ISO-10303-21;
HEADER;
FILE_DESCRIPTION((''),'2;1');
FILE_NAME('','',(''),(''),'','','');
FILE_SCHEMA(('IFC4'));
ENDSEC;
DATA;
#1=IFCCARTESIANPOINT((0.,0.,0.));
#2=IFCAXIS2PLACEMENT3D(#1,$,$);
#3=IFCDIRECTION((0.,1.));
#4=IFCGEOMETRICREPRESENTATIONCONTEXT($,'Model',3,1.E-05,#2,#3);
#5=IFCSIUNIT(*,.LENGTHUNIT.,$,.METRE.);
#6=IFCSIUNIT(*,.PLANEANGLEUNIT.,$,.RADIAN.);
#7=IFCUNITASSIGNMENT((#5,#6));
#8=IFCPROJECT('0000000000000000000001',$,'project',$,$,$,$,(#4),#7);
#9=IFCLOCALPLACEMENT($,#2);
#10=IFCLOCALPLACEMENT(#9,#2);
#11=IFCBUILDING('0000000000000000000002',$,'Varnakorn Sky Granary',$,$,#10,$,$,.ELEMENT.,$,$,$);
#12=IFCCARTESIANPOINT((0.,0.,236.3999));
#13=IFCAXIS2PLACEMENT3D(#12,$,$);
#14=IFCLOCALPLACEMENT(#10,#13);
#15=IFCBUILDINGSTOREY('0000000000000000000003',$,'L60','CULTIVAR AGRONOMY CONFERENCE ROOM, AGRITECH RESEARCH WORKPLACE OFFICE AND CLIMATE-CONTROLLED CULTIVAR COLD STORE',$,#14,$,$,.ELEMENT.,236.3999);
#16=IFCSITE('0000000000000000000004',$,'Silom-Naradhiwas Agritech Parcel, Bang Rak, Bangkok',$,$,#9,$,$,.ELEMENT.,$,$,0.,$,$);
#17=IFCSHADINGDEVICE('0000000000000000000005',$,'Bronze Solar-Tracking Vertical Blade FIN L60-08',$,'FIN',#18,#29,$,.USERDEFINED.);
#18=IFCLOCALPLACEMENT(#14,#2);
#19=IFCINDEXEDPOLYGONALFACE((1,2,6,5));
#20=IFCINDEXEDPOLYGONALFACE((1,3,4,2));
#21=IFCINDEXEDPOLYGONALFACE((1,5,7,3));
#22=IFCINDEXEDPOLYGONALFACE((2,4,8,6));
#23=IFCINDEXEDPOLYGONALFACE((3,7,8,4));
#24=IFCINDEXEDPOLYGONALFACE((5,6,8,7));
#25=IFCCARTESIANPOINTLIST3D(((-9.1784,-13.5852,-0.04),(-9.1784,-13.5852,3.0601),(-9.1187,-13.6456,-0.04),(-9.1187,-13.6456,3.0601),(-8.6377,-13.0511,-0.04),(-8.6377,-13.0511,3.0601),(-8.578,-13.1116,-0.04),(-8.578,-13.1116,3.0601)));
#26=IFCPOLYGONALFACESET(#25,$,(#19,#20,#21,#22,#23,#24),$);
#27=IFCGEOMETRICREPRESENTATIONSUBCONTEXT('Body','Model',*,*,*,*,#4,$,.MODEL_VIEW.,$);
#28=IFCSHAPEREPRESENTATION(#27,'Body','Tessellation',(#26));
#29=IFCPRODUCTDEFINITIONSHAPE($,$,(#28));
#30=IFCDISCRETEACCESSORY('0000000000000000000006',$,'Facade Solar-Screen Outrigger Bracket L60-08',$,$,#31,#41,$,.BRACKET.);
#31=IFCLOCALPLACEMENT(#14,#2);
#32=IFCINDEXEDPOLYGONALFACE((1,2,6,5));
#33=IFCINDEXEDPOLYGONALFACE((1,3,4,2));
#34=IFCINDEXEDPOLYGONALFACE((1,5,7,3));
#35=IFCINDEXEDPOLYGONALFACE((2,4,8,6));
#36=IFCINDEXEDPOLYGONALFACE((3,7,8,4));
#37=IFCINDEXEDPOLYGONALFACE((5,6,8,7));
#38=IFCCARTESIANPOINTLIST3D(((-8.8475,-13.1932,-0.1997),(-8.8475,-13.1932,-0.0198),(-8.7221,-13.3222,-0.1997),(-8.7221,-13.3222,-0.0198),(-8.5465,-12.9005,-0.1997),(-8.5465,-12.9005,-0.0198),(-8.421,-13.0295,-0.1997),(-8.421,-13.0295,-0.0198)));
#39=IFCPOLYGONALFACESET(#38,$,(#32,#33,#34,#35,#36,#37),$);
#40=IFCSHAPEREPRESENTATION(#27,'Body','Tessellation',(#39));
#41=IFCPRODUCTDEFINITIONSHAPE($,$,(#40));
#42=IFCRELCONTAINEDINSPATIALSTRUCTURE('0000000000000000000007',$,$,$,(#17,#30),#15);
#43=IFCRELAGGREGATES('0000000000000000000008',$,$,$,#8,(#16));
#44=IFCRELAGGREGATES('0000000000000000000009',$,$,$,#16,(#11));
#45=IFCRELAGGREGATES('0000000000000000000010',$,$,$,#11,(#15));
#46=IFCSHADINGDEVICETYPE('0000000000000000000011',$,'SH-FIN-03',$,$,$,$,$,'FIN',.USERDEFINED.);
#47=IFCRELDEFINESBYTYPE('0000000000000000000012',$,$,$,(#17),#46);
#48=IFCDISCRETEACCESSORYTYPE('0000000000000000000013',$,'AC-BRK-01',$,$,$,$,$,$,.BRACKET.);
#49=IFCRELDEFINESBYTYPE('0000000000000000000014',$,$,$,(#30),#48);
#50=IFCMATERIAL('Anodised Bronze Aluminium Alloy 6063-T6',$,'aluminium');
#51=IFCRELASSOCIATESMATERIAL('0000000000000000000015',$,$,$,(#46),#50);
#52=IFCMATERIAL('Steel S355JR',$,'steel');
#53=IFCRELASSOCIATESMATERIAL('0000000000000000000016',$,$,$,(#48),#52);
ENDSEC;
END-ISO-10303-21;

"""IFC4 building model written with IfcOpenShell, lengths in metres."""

from ifc_helpers import new_model, si_unit, direction, frame, origin, origin_2d, place, context, subcontext, project, spatial, rectangle, extrude, source, transform, mapped, material, type_object, type_shapes, element, save


model = new_model("IFC4")

# Units and contexts
model_context = context("Model", 3, precision=1e-05, world=origin(), true_north=direction((0.0, 1.0)))
body_context = subcontext(model_context, "Body", "Model", "MODEL_VIEW")
ifc_project = project(units=[si_unit("LENGTHUNIT", "METRE"), si_unit("PLANEANGLEUNIT", "RADIAN")], contexts=[model_context])

# Site, building, storey
site_placement = place(None, origin())
site = spatial("IfcSite", under=ifc_project, at=site_placement, Name="Silom-Naradhiwas Agritech Parcel, Bang Rak, Bangkok", CompositionType="ELEMENT", RefElevation=0.0)
building_placement = place(site_placement, origin())
building = spatial("IfcBuilding", under=site, at=building_placement, Name="Varnakorn Sky Granary", CompositionType="ELEMENT")
storey_placement = place(building_placement, frame((0.0, 0.0, 236.3999)))
storey = spatial("IfcBuildingStorey", under=building, at=storey_placement, Name="L60", Description="CULTIVAR AGRONOMY CONFERENCE ROOM, AGRITECH RESEARCH WORKPLACE OFFICE AND CLIMATE-CONTROLLED CULTIVAR COLD STORE", CompositionType="ELEMENT", Elevation=236.3999)

# Shared definitions
ifc_material_1 = material(Name="Steel S355JR", Category="steel")

# Shared definitions
ifc_material_2 = material(Name="Anodised Bronze Aluminium Alloy 6063-T6", Category="aluminium")

# Shading device
shading_device_type = type_object("IfcShadingDeviceType", Name="SH-FIN-03", ElementType="FIN", PredefinedType="USERDEFINED", material=ifc_material_2)
shared_shape_1 = source(origin(), body_context, "Body", "SweptSolid", [
    extrude(rectangle(XDim=0.085, YDim=0.76, at=origin_2d()), origin(), (0.0, 0.0, 1.0), 3.1001),
])
type_shapes(shading_device_type, [shared_shape_1])
shading_device_placement = place(storey_placement, frame((-8.8782, -13.3484, -0.04), z_axis=(0.0, 0.0, 1.0), x_axis=(0.702715, -0.711472, 0.0)))
element("IfcShadingDevice", 1, at=shading_device_placement, inside=storey, type_object=shading_device_type, Name="Bronze Solar-Tracking Vertical Blade FIN L60-08", ObjectType="FIN", PredefinedType="USERDEFINED", context=body_context, shape_type="MappedRepresentation", body=[
    mapped(shared_shape_1, transform((0.0, 0.0, 0.0), x_axis=(1.0, 0.0, 0.0), y_axis=(0.0, 1.0, 0.0), z_axis=(0.0, 0.0, 1.0), scale=1.0)),
])

# Discrete accessory
discrete_accessory_type = type_object("IfcDiscreteAccessoryType", Name="AC-BRK-01", PredefinedType="BRACKET", material=ifc_material_1)
shared_shape_2 = source(origin(), body_context, "Body", "SweptSolid", [
    extrude(rectangle(XDim=0.1799, YDim=0.4199, at=origin_2d()), origin(), (0.0, 0.0, 1.0), 0.1799),
])
type_shapes(discrete_accessory_type, [shared_shape_2])
discrete_accessory_placement = place(storey_placement, frame((-8.6343, -13.1113, -0.1997), z_axis=(0.0, 0.0, 1.0), x_axis=(0.697122, -0.716953, 0.0)))
element("IfcDiscreteAccessory", 2, at=discrete_accessory_placement, inside=storey, type_object=discrete_accessory_type, Name="Facade Solar-Screen Outrigger Bracket L60-08", PredefinedType="BRACKET", context=body_context, shape_type="MappedRepresentation", body=[
    mapped(shared_shape_2, transform((0.0, 0.0, 0.0), x_axis=(1.0, 0.0, 0.0), y_axis=(0.0, 1.0, 0.0), z_axis=(0.0, 0.0, 1.0), scale=1.0)),
])

save(model, "model.ifc")
